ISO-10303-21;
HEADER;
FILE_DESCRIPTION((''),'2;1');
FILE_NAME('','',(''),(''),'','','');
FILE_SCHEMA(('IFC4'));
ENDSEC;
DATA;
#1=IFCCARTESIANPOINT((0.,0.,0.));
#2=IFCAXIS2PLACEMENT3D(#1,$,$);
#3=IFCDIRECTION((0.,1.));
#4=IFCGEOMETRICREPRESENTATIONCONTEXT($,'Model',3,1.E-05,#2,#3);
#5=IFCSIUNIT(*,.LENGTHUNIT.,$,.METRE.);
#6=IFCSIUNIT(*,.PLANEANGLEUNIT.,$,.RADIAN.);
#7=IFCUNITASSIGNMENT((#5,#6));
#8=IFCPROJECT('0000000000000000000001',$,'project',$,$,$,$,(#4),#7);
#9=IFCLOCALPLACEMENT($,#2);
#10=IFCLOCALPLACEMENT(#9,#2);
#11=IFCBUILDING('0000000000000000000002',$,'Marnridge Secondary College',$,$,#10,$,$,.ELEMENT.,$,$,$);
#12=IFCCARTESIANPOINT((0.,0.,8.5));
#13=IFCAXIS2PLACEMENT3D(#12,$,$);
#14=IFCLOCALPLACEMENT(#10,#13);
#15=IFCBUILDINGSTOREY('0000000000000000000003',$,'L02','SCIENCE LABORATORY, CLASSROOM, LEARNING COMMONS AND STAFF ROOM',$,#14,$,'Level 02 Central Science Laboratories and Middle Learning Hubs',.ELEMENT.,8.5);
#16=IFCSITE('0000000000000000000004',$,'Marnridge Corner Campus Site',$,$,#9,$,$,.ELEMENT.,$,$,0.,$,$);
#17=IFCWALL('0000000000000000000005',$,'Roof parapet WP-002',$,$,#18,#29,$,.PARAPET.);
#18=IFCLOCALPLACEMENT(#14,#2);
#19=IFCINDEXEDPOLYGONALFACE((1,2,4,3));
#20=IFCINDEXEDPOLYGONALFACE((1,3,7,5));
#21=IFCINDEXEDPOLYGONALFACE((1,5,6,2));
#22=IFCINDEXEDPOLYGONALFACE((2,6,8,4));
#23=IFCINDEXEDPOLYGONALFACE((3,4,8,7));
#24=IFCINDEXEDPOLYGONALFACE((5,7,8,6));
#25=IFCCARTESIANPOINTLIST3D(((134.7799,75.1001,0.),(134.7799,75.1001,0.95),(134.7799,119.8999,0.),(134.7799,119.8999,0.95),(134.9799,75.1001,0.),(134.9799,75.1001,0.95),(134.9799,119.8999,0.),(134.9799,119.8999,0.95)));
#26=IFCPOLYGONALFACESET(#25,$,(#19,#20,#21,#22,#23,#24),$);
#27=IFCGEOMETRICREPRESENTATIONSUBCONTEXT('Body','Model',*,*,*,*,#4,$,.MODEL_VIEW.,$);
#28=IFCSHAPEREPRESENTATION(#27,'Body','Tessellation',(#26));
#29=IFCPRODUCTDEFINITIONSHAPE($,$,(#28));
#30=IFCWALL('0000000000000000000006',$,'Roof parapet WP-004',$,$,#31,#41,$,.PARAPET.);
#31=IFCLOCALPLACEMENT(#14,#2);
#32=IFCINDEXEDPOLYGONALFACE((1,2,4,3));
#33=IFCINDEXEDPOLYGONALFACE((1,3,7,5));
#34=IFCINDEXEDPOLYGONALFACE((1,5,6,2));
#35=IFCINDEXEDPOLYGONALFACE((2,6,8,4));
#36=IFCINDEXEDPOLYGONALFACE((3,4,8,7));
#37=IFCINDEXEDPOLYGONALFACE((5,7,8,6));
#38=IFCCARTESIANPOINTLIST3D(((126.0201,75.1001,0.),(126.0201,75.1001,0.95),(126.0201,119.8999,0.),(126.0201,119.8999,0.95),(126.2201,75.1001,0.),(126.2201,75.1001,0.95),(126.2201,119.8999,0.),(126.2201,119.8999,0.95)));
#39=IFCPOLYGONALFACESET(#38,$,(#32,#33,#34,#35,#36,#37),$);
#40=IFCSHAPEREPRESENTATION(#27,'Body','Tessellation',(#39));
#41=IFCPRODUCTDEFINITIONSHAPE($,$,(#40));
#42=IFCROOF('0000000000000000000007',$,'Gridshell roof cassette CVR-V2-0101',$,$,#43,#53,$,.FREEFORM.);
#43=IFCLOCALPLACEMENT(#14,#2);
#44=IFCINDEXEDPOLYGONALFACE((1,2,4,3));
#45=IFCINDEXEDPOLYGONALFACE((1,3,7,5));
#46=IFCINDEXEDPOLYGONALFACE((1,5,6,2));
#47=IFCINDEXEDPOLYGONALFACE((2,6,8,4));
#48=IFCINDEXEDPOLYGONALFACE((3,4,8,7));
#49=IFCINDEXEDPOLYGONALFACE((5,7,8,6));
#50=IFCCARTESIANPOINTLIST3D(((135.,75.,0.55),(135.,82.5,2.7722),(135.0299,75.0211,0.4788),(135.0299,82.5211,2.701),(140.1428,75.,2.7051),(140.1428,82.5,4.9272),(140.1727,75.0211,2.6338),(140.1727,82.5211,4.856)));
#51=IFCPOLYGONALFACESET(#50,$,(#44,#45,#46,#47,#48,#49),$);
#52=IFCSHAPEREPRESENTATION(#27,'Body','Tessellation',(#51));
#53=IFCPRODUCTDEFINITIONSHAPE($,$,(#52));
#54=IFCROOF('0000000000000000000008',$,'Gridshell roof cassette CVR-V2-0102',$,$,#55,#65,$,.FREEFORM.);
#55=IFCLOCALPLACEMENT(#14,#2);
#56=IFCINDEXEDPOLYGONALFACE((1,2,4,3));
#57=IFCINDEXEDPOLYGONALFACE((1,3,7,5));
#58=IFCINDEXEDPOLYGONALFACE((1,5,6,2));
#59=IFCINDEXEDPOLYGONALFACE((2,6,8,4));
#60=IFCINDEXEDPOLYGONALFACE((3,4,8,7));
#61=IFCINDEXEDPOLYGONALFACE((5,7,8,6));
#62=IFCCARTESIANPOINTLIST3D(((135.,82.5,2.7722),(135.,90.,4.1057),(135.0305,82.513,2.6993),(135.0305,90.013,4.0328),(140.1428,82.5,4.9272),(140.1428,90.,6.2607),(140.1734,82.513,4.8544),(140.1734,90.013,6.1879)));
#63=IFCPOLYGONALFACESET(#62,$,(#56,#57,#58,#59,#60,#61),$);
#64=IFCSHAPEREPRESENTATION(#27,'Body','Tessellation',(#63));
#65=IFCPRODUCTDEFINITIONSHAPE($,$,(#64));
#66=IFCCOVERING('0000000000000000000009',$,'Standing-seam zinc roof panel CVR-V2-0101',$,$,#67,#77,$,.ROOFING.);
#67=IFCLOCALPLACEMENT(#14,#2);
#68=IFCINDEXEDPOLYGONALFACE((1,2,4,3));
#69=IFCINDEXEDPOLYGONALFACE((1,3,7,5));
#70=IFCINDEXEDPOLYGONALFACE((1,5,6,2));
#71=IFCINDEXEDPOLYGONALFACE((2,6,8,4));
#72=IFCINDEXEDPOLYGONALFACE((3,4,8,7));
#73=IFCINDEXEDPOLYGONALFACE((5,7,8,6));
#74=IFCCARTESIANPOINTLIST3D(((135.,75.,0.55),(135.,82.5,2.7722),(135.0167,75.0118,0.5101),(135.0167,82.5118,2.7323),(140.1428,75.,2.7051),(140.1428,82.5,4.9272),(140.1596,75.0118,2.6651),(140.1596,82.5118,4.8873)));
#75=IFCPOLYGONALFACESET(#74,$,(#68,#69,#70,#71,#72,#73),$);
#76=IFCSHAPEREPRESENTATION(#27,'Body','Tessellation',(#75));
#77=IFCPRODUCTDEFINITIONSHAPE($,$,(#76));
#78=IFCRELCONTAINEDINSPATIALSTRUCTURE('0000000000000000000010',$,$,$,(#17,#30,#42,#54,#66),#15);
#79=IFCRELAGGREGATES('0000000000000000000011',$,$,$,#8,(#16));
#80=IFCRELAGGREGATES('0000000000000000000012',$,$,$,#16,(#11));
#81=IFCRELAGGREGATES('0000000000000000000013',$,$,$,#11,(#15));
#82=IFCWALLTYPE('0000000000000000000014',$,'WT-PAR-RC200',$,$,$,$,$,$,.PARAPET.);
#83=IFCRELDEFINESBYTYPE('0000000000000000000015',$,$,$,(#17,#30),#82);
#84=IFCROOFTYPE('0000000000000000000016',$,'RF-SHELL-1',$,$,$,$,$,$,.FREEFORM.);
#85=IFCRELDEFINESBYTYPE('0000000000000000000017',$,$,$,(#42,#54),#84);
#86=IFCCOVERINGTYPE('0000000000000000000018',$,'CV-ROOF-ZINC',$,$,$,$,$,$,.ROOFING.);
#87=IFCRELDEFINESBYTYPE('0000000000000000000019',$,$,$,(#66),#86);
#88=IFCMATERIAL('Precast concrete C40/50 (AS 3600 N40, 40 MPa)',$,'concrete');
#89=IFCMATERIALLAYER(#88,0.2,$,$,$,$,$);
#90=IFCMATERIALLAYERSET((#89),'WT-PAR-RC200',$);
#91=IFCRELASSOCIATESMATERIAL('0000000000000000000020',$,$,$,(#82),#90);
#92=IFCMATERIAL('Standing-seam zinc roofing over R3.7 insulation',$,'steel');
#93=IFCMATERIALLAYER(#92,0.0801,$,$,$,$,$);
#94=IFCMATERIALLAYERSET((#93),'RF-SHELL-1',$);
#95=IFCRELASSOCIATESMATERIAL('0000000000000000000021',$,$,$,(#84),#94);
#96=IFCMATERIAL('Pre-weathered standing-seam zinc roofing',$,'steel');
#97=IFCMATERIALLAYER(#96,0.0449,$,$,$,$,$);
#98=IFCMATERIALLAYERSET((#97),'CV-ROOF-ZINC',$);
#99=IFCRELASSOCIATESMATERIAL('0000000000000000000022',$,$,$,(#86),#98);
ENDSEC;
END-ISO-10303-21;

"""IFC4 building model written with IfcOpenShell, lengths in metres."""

from ifc_helpers import new_model, si_unit, direction, frame, frame_2d, origin, place, context, subcontext, project, spatial, polyline, rectangle, outline, extrude, material, layer, layer_set, type_object, element, save


model = new_model("IFC4")

# Units and contexts
model_context = context("Model", 3, precision=1e-05, world=origin(), true_north=direction((0.0, 1.0)))
body_context = subcontext(model_context, "Body", "Model", "MODEL_VIEW")
ifc_project = project(units=[si_unit("LENGTHUNIT", "METRE"), si_unit("PLANEANGLEUNIT", "RADIAN")], contexts=[model_context])

# Site, building, storey
site_placement = place(None, origin())
site = spatial("IfcSite", under=ifc_project, at=site_placement, Name="Marnridge Corner Campus Site", CompositionType="ELEMENT", RefElevation=0.0)
building_placement = place(site_placement, origin())
building = spatial("IfcBuilding", under=site, at=building_placement, Name="Marnridge Secondary College", CompositionType="ELEMENT")
storey_placement = place(building_placement, frame((0.0, 0.0, 8.5)))
storey = spatial("IfcBuildingStorey", under=building, at=storey_placement, Name="L02", Description="SCIENCE LABORATORY, CLASSROOM, LEARNING COMMONS AND STAFF ROOM", LongName="Level 02 Central Science Laboratories and Middle Learning Hubs", CompositionType="ELEMENT", Elevation=8.5)

# Walls
ifc_material_1 = material(Name="Precast concrete C40/50 (AS 3600 N40, 40 MPa)", Category="concrete")
ifc_layer_1 = layer(ifc_material_1, 0.2)
ifc_layer_set_1 = layer_set([ifc_layer_1], Name="WT-PAR-RC200")
wall_type_1 = type_object("IfcWallType", Name="WT-PAR-RC200", PredefinedType="PARAPET", material=ifc_layer_set_1)
for number, where, z_axis, x_axis, name in (
    (1, (134.8799, 119.8999, 0.0), (0.0, 0.0, 1.0), (0.0, -1.0, 0.0), "Roof parapet WP-002"),
    (2, (126.1201, 75.1001, 0.0), (0.0, 0.0, 1.0), (0.0, 1.0, 0.0), "Roof parapet WP-004"),
):
    element("IfcWall", number, at=place(storey_placement, frame(where, z_axis=z_axis, x_axis=x_axis)), inside=storey, type_object=wall_type_1, Name=name, PredefinedType="PARAPET", context=body_context, shape_type="SweptSolid", body=[
        extrude(rectangle(XDim=44.7998, YDim=0.2, at=frame_2d((22.3999, 0.0))), origin(), (0.0, 0.0, 1.0), 0.95),
    ])

# Roofs
ifc_material_2 = material(Name="Standing-seam zinc roofing over R3.7 insulation", Category="steel")
ifc_layer_2 = layer(ifc_material_2, 0.0801)
ifc_layer_set_2 = layer_set([ifc_layer_2], Name="RF-SHELL-1")
roof_type = type_object("IfcRoofType", Name="RF-SHELL-1", PredefinedType="FREEFORM", material=ifc_layer_set_2)
roof_1_placement = place(storey_placement, frame((135.0, 75.0, 0.55), z_axis=(-0.372808, -0.263602, 0.889679), x_axis=(0.922299, 0.0, 0.386477)))
element("IfcRoof", 3, at=roof_1_placement, inside=storey, type_object=roof_type, Name="Gridshell roof cassette CVR-V2-0101", PredefinedType="FREEFORM", context=body_context, shape_type="SweptSolid", body=[
    extrude(outline(polyline([(0.0, 0.0), (5.5761, 0.0), (6.4349, 7.775), (0.8588, 7.775), (0.0, 0.0)])), origin(), (0.0, 0.0, -1.0), 0.0801),
])
roof_2_placement = place(storey_placement, frame((135.0, 82.5, 2.7722), z_axis=(-0.381383, -0.161823, 0.910143), x_axis=(0.922299, 0.0, 0.386477)))
element("IfcRoof", 4, at=roof_2_placement, inside=storey, type_object=roof_type, Name="Gridshell roof cassette CVR-V2-0102", PredefinedType="FREEFORM", context=body_context, shape_type="SweptSolid", body=[
    extrude(outline(polyline([(0.0, 0.0), (5.5761, 0.0), (6.0915, 7.6002), (0.5154, 7.6002), (0.0, 0.0)])), origin(), (0.0, 0.0, -1.0), 0.0801),
])

# Covering
ifc_material_3 = material(Name="Pre-weathered standing-seam zinc roofing", Category="steel")
ifc_layer_3 = layer(ifc_material_3, 0.0449)
ifc_layer_set_3 = layer_set([ifc_layer_3], Name="CV-ROOF-ZINC")
covering_type = type_object("IfcCoveringType", Name="CV-ROOF-ZINC", PredefinedType="ROOFING", material=ifc_layer_set_3)
covering_placement = place(storey_placement, frame((135.0, 75.0, 0.55), z_axis=(-0.372808, -0.263602, 0.889679), x_axis=(0.922299, 0.0, 0.386477)))
element("IfcCovering", 5, at=covering_placement, inside=storey, type_object=covering_type, Name="Standing-seam zinc roof panel CVR-V2-0101", PredefinedType="ROOFING", context=body_context, shape_type="SweptSolid", body=[
    extrude(outline(polyline([(0.0, 0.0), (5.5761, 0.0), (6.4349, 7.775), (0.8588, 7.775), (0.0, 0.0)])), origin(), (0.0, 0.0, -1.0), 0.0449),
])

save(model, "model.ifc")
